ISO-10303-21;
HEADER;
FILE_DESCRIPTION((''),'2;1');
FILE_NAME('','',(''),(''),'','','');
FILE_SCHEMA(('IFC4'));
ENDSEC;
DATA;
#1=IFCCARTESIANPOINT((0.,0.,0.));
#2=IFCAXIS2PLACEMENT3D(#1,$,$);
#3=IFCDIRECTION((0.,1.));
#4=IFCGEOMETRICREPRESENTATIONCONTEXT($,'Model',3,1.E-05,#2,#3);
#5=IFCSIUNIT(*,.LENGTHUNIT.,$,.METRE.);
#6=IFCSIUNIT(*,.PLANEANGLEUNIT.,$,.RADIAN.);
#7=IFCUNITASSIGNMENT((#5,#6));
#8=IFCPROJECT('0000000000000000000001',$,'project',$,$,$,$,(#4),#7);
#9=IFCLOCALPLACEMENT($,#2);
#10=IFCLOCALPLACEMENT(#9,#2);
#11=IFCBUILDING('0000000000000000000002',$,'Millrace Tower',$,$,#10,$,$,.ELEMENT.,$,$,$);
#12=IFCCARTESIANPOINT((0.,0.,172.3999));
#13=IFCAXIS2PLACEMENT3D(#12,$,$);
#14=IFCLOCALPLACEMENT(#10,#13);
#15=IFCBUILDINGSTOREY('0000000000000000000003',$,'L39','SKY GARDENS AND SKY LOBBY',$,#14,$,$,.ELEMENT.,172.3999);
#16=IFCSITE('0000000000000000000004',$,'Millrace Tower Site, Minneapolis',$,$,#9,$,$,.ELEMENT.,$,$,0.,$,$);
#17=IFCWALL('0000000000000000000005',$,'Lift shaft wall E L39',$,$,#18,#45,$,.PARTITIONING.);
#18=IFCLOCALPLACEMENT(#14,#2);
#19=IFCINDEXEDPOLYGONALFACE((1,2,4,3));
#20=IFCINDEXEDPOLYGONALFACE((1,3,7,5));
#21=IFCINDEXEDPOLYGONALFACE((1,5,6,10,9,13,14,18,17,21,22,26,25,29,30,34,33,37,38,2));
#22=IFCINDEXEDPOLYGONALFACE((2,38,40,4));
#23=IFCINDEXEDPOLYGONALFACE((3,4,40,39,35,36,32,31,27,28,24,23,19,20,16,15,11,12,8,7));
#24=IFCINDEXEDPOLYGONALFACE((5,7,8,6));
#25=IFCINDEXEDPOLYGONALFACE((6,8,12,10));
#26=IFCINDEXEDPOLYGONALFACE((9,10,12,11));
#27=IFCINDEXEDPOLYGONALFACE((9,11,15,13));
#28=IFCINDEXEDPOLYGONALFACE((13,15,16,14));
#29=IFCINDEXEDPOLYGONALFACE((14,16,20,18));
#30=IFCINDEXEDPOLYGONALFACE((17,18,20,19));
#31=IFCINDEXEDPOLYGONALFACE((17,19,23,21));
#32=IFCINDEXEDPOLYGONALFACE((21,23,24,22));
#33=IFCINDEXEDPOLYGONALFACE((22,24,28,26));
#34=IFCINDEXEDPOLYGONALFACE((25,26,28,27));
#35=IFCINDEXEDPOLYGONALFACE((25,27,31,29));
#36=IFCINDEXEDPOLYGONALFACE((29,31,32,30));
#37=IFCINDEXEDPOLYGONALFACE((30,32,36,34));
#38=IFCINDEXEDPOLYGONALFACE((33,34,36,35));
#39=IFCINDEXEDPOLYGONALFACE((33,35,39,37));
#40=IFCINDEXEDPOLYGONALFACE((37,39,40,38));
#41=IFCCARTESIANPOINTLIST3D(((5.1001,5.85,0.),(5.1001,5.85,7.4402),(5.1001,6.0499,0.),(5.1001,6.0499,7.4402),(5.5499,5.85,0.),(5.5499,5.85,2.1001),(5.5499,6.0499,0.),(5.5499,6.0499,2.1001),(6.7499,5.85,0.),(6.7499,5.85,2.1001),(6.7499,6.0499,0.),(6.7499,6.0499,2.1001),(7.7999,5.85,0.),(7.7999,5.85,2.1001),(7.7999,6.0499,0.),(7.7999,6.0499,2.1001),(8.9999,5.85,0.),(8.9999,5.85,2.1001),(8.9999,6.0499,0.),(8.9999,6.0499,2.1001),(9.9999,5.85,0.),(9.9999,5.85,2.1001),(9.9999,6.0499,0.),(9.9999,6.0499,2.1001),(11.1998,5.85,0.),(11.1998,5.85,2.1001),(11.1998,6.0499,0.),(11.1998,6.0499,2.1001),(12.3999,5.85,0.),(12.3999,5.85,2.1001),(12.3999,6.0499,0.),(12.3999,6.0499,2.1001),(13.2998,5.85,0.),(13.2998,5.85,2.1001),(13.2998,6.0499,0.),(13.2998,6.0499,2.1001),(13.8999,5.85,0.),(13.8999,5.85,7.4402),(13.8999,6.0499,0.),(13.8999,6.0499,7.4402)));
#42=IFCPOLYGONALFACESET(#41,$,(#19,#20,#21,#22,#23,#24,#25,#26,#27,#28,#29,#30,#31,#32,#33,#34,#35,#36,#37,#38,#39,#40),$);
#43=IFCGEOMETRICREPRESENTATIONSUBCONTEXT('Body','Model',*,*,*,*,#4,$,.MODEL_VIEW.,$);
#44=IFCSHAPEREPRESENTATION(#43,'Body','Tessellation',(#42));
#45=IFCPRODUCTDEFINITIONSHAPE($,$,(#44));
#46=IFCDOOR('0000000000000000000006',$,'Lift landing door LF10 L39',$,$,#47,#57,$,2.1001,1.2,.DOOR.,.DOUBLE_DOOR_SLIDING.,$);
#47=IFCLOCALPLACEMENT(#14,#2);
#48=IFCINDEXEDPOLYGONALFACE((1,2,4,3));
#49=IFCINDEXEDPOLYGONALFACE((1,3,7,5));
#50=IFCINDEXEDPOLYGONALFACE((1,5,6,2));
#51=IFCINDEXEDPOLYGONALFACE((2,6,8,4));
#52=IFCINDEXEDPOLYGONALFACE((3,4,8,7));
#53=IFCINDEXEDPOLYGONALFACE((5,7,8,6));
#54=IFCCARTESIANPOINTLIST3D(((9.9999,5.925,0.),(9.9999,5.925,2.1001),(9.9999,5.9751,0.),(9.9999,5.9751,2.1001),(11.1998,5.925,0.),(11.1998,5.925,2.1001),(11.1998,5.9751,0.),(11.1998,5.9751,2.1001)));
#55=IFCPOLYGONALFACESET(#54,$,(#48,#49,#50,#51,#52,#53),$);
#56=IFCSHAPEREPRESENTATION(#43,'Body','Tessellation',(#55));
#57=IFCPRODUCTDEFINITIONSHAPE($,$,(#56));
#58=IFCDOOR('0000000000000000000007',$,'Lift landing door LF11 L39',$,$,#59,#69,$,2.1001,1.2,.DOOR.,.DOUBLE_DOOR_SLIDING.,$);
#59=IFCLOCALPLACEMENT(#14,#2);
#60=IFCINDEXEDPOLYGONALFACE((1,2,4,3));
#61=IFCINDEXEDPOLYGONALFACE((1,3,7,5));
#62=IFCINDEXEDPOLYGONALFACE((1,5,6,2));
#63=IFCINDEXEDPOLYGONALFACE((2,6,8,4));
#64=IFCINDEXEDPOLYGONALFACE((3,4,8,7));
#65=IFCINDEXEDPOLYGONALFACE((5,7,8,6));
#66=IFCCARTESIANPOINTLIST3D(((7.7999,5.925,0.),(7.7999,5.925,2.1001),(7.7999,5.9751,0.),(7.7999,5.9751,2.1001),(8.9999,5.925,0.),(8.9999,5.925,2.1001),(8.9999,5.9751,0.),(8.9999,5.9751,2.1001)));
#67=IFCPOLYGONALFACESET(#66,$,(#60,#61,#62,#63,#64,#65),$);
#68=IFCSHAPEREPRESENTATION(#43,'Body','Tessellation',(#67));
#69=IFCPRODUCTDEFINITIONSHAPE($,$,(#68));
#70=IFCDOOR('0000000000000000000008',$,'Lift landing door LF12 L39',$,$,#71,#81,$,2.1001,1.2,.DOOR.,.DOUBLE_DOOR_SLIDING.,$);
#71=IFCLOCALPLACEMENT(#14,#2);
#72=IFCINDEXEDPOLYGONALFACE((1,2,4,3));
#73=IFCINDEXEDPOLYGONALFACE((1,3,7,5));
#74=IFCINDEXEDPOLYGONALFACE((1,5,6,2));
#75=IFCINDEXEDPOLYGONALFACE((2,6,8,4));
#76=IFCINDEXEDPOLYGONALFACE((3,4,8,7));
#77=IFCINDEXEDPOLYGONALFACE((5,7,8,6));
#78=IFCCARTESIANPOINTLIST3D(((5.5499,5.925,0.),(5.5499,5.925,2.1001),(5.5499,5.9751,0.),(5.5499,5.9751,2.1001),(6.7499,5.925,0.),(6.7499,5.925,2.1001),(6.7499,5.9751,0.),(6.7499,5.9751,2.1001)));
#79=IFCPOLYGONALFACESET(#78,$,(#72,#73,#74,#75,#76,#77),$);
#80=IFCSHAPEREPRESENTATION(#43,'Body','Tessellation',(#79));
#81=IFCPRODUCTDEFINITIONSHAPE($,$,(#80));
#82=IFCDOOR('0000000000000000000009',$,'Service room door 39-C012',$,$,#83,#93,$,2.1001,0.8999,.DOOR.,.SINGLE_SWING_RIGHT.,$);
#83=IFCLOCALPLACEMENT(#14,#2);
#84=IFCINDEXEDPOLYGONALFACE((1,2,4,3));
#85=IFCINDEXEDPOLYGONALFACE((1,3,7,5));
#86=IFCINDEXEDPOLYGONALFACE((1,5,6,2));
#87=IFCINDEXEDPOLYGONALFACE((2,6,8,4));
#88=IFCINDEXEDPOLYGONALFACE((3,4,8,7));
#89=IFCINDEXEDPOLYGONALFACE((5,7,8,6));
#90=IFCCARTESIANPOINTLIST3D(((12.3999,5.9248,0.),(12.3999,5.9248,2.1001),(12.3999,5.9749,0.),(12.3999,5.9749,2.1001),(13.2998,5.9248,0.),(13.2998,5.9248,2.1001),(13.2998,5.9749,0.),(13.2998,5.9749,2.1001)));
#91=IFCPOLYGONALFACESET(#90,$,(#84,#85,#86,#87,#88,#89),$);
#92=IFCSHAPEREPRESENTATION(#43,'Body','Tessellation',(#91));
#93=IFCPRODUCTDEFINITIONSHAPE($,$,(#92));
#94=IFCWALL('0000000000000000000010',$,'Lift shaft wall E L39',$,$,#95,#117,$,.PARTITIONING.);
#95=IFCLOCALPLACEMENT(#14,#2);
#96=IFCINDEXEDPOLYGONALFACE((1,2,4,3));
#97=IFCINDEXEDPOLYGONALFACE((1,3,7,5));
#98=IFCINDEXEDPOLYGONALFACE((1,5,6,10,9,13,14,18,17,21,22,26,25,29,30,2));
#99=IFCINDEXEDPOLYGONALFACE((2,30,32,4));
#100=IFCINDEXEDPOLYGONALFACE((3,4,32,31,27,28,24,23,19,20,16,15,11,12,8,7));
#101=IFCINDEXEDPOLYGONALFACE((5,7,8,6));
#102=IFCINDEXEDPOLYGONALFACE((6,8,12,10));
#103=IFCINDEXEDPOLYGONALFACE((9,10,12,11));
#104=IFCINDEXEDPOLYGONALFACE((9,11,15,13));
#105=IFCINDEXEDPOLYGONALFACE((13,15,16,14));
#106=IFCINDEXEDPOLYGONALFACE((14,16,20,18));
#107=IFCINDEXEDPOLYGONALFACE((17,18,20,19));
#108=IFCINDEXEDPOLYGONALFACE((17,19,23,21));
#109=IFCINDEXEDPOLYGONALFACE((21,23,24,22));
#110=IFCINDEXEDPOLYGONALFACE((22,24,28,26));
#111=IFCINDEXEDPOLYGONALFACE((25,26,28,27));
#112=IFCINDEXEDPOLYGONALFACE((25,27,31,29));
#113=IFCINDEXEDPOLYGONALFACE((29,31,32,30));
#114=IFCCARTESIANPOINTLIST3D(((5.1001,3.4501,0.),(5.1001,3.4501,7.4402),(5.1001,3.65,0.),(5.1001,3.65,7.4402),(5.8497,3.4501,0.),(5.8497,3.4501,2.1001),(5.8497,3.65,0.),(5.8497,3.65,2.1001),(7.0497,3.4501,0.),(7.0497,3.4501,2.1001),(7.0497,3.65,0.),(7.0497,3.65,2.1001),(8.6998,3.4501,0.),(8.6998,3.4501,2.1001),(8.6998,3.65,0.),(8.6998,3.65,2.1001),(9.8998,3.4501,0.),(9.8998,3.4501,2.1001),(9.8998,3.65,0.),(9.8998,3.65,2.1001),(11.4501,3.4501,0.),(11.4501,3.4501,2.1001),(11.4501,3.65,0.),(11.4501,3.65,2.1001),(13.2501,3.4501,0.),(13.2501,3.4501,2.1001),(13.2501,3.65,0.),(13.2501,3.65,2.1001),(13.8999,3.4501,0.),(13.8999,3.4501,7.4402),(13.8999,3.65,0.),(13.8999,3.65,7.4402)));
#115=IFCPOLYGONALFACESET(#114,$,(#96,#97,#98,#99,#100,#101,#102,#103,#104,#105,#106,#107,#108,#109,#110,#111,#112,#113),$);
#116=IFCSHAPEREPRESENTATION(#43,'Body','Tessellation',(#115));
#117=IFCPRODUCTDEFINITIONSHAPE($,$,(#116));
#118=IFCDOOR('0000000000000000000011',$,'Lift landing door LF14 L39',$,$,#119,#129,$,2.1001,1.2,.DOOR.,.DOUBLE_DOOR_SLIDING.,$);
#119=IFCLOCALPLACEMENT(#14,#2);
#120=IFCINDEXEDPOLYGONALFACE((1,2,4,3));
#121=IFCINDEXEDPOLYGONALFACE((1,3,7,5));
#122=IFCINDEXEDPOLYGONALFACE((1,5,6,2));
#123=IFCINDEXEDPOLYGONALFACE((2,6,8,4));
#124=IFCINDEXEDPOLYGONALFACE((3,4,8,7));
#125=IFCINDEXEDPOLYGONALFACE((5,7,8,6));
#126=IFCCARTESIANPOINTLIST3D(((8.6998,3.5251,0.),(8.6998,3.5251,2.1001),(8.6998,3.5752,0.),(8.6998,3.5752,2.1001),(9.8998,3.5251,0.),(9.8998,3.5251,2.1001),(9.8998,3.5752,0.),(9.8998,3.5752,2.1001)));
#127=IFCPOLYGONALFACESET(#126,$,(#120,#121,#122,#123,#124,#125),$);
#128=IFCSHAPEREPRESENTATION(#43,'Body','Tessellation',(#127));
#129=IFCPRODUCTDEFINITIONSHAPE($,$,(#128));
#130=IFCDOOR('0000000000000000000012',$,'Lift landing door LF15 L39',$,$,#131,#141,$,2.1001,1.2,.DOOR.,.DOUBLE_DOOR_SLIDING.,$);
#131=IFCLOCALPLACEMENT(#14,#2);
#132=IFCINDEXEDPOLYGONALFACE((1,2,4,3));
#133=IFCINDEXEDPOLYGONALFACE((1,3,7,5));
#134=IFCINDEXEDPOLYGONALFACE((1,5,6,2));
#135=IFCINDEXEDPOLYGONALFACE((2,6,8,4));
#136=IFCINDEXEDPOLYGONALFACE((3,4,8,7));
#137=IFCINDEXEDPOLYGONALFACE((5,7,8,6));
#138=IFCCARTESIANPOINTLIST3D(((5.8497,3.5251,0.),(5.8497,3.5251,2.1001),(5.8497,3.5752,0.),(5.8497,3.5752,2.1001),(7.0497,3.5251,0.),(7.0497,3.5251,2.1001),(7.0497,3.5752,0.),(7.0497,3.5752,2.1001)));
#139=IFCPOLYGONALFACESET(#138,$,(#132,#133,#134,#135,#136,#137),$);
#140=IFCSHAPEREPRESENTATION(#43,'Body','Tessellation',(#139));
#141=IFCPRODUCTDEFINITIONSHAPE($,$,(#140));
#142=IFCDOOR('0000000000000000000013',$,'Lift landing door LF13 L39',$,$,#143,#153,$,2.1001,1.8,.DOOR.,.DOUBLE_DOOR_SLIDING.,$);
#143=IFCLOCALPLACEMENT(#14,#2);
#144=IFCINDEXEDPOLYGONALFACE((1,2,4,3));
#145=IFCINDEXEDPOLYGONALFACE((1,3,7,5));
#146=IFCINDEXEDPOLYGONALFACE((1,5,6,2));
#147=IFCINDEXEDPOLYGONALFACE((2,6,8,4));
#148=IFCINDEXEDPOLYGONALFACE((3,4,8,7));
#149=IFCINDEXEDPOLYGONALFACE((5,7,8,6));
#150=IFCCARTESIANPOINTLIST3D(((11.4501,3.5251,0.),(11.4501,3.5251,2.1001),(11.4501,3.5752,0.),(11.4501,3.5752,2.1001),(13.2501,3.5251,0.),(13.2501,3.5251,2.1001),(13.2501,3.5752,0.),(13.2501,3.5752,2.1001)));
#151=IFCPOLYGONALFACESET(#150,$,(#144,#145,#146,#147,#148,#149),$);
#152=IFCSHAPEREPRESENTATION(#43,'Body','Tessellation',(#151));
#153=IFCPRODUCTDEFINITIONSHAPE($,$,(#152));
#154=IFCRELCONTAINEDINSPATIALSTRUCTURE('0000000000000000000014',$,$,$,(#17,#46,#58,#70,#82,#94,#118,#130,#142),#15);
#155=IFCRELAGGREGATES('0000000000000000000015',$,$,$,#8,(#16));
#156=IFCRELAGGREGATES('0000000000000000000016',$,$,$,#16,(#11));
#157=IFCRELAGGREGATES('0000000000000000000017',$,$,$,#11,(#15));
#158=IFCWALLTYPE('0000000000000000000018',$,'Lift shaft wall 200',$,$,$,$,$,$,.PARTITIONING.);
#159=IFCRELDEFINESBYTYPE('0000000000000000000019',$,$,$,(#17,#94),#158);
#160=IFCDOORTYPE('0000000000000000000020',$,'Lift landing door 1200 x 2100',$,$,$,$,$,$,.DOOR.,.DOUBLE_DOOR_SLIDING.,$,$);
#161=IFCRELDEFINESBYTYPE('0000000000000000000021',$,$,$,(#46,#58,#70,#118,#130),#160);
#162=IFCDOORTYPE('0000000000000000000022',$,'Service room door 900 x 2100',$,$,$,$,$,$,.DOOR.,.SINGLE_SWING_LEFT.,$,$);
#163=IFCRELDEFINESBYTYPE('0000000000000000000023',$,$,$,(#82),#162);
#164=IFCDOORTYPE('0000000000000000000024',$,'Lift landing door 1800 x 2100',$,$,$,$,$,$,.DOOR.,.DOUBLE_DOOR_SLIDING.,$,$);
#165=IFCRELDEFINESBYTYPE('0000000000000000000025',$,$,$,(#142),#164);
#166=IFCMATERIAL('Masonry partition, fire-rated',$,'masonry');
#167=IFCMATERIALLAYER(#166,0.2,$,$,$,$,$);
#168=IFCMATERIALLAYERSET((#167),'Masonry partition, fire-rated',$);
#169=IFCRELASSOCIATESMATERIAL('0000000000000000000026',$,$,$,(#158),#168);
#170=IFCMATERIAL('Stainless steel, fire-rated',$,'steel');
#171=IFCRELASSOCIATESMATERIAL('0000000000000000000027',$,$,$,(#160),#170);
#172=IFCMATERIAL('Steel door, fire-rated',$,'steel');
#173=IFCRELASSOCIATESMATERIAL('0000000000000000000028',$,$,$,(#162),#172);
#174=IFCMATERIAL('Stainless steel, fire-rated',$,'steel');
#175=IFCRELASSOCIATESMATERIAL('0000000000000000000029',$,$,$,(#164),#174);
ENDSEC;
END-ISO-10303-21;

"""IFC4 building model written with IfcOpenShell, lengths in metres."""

from ifc_helpers import new_model, si_unit, direction, frame, frame_2d, origin, place, context, subcontext, project, spatial, rectangle, extrude, material, layer, layer_set, type_object, element, fill, save


model = new_model("IFC4")

# Units and contexts
model_context = context("Model", 3, precision=1e-05, world=origin(), true_north=direction((0.0, 1.0)))
body_context = subcontext(model_context, "Body", "Model", "MODEL_VIEW")
ifc_project = project(units=[si_unit("LENGTHUNIT", "METRE"), si_unit("PLANEANGLEUNIT", "RADIAN")], contexts=[model_context])

# Site, building, storey
site_placement = place(None, origin())
site = spatial("IfcSite", under=ifc_project, at=site_placement, Name="Millrace Tower Site, Minneapolis", CompositionType="ELEMENT", RefElevation=0.0)
building_placement = place(site_placement, origin())
building = spatial("IfcBuilding", under=site, at=building_placement, Name="Millrace Tower", CompositionType="ELEMENT")
storey_placement = place(building_placement, frame((0.0, 0.0, 172.3999)))
storey = spatial("IfcBuildingStorey", under=building, at=storey_placement, Name="L39", Description="SKY GARDENS AND SKY LOBBY", CompositionType="ELEMENT", Elevation=172.3999)

# Walls, openings, doors
ifc_material_1 = material(Name="Masonry partition, fire-rated", Category="masonry")
ifc_layer_1 = layer(ifc_material_1, 0.2)
ifc_layer_set_1 = layer_set([ifc_layer_1], Name="Masonry partition, fire-rated")
wall_type_1 = type_object("IfcWallType", Name="Lift shaft wall 200", PredefinedType="PARTITIONING", material=ifc_layer_set_1)
wall_1_placement = place(storey_placement, frame((13.8999, 5.95, 0.0), z_axis=(0.0, 0.0, 1.0), x_axis=(-1.0, 0.0, 0.0)))
wall_1 = element("IfcWall", 1, at=wall_1_placement, inside=storey, type_object=wall_type_1, Name="Lift shaft wall E L39", PredefinedType="PARTITIONING", context=body_context, shape_type="SweptSolid", body=[
    extrude(rectangle(XDim=8.7998, YDim=0.2, at=frame_2d((4.3999, 0.0))), origin(), (0.0, 0.0, 1.0), 7.4402),
])
opening_1_placement = place(wall_1_placement, frame((2.7, 0.0, 0.0)))
opening_1 = element("IfcOpeningElement", 2, at=opening_1_placement, cuts=wall_1, PredefinedType="OPENING", context=body_context, shape_type="SweptSolid", body=[
    extrude(rectangle(XDim=1.2, YDim=2.1001, at=frame_2d((0.6001, 1.05))), frame((0.0, 0.1099, 0.0), z_axis=(0.0, -1.0, 0.0), x_axis=(1.0, 0.0, 0.0)), (0.0, 0.0, 1.0), 0.22),
])
opening_2_placement = place(wall_1_placement, frame((4.8999, 0.0, 0.0)))
opening_2 = element("IfcOpeningElement", 3, at=opening_2_placement, cuts=wall_1, PredefinedType="OPENING", context=body_context, shape_type="SweptSolid", body=[
    extrude(rectangle(XDim=1.2, YDim=2.1001, at=frame_2d((0.6001, 1.05))), frame((0.0, 0.1099, 0.0), z_axis=(0.0, -1.0, 0.0), x_axis=(1.0, 0.0, 0.0)), (0.0, 0.0, 1.0), 0.22),
])
opening_3_placement = place(wall_1_placement, frame((7.1499, 0.0, 0.0)))
opening_3 = element("IfcOpeningElement", 4, at=opening_3_placement, cuts=wall_1, PredefinedType="OPENING", context=body_context, shape_type="SweptSolid", body=[
    extrude(rectangle(XDim=1.2, YDim=2.1001, at=frame_2d((0.6001, 1.05))), frame((0.0, 0.1099, 0.0), z_axis=(0.0, -1.0, 0.0), x_axis=(1.0, 0.0, 0.0)), (0.0, 0.0, 1.0), 0.22),
])
opening_4_placement = place(wall_1_placement, frame((0.6001, 0.0, 0.0)))
opening_4 = element("IfcOpeningElement", 5, at=opening_4_placement, cuts=wall_1, PredefinedType="OPENING", context=body_context, shape_type="SweptSolid", body=[
    extrude(rectangle(XDim=0.8999, YDim=2.1001, at=frame_2d((0.45, 1.05))), frame((0.0, 0.1099, 0.0), z_axis=(0.0, -1.0, 0.0), x_axis=(1.0, 0.0, 0.0)), (0.0, 0.0, 1.0), 0.22),
])
ifc_material_2 = material(Name="Stainless steel, fire-rated", Category="steel")
door_type_1 = type_object("IfcDoorType", Name="Lift landing door 1200 x 2100", OperationType="DOUBLE_DOOR_SLIDING", PredefinedType="DOOR", material=ifc_material_2)
door_1_placement = place(opening_1_placement, origin())
door_1 = element("IfcDoor", 6, at=door_1_placement, inside=storey, type_object=door_type_1, Name="Lift landing door LF10 L39", OperationType="DOUBLE_DOOR_SLIDING", OverallHeight=2.1001, OverallWidth=1.2, PredefinedType="DOOR", context=body_context, shape_type="SweptSolid", body=[
    extrude(rectangle(XDim=1.2, YDim=2.1001, at=frame_2d((0.6001, 1.05))), frame((0.0, 0.0249, 0.0), z_axis=(0.0, -1.0, 0.0), x_axis=(1.0, 0.0, 0.0)), (0.0, 0.0, 1.0), 0.05),
])
fill(opening_1, door_1)
door_2_placement = place(opening_2_placement, origin())
door_2 = element("IfcDoor", 7, at=door_2_placement, inside=storey, type_object=door_type_1, Name="Lift landing door LF11 L39", OperationType="DOUBLE_DOOR_SLIDING", OverallHeight=2.1001, OverallWidth=1.2, PredefinedType="DOOR", context=body_context, shape_type="SweptSolid", body=[
    extrude(rectangle(XDim=1.2, YDim=2.1001, at=frame_2d((0.6001, 1.05))), frame((0.0, 0.0249, 0.0), z_axis=(0.0, -1.0, 0.0), x_axis=(1.0, 0.0, 0.0)), (0.0, 0.0, 1.0), 0.05),
])
fill(opening_2, door_2)
door_3_placement = place(opening_3_placement, origin())
door_3 = element("IfcDoor", 8, at=door_3_placement, inside=storey, type_object=door_type_1, Name="Lift landing door LF12 L39", OperationType="DOUBLE_DOOR_SLIDING", OverallHeight=2.1001, OverallWidth=1.2, PredefinedType="DOOR", context=body_context, shape_type="SweptSolid", body=[
    extrude(rectangle(XDim=1.2, YDim=2.1001, at=frame_2d((0.6001, 1.05))), frame((0.0, 0.0249, 0.0), z_axis=(0.0, -1.0, 0.0), x_axis=(1.0, 0.0, 0.0)), (0.0, 0.0, 1.0), 0.05),
])
fill(opening_3, door_3)
ifc_material_3 = material(Name="Steel door, fire-rated", Category="steel")
door_type_2 = type_object("IfcDoorType", Name="Service room door 900 x 2100", OperationType="SINGLE_SWING_LEFT", PredefinedType="DOOR", material=ifc_material_3)
door_4_placement = place(opening_4_placement, frame((0.8999, 0.0, 0.0), z_axis=(0.0, 0.0, 1.0), x_axis=(-1.0, 0.0, 0.0)))
door_4 = element("IfcDoor", 9, at=door_4_placement, inside=storey, type_object=door_type_2, Name="Service room door 39-C012", OperationType="SINGLE_SWING_RIGHT", OverallHeight=2.1001, OverallWidth=0.8999, PredefinedType="DOOR", context=body_context, shape_type="SweptSolid", body=[
    extrude(rectangle(XDim=0.8999, YDim=2.1001, at=frame_2d((0.45, 1.05))), frame((0.0, 0.0249, 0.0), z_axis=(0.0, -1.0, 0.0), x_axis=(1.0, 0.0, 0.0)), (0.0, 0.0, 1.0), 0.05),
])
fill(opening_4, door_4)
wall_2_placement = place(storey_placement, frame((13.8999, 3.55, 0.0), z_axis=(0.0, 0.0, 1.0), x_axis=(-1.0, 0.0, 0.0)))
wall_2 = element("IfcWall", 10, at=wall_2_placement, inside=storey, type_object=wall_type_1, Name="Lift shaft wall E L39", PredefinedType="PARTITIONING", context=body_context, shape_type="SweptSolid", body=[
    extrude(rectangle(XDim=8.7998, YDim=0.2, at=frame_2d((4.3999, 0.0))), origin(), (0.0, 0.0, 1.0), 7.4402),
])
opening_5_placement = place(wall_2_placement, frame((0.6499, 0.0, 0.0)))
opening_5 = element("IfcOpeningElement", 11, at=opening_5_placement, cuts=wall_2, PredefinedType="OPENING", context=body_context, shape_type="SweptSolid", body=[
    extrude(rectangle(XDim=1.8, YDim=2.1001, at=frame_2d((0.8999, 1.05))), frame((0.0, 0.1099, 0.0), z_axis=(0.0, -1.0, 0.0), x_axis=(1.0, 0.0, 0.0)), (0.0, 0.0, 1.0), 0.22),
])
opening_6_placement = place(wall_2_placement, frame((4.0, 0.0, 0.0)))
opening_6 = element("IfcOpeningElement", 12, at=opening_6_placement, cuts=wall_2, PredefinedType="OPENING", context=body_context, shape_type="SweptSolid", body=[
    extrude(rectangle(XDim=1.2, YDim=2.1001, at=frame_2d((0.6001, 1.05))), frame((0.0, 0.1099, 0.0), z_axis=(0.0, -1.0, 0.0), x_axis=(1.0, 0.0, 0.0)), (0.0, 0.0, 1.0), 0.22),
])
opening_7_placement = place(wall_2_placement, frame((6.8501, 0.0, 0.0)))
opening_7 = element("IfcOpeningElement", 13, at=opening_7_placement, cuts=wall_2, PredefinedType="OPENING", context=body_context, shape_type="SweptSolid", body=[
    extrude(rectangle(XDim=1.2, YDim=2.1001, at=frame_2d((0.6001, 1.05))), frame((0.0, 0.1099, 0.0), z_axis=(0.0, -1.0, 0.0), x_axis=(1.0, 0.0, 0.0)), (0.0, 0.0, 1.0), 0.22),
])
door_5_placement = place(opening_6_placement, origin())
door_5 = element("IfcDoor", 14, at=door_5_placement, inside=storey, type_object=door_type_1, Name="Lift landing door LF14 L39", OperationType="DOUBLE_DOOR_SLIDING", OverallHeight=2.1001, OverallWidth=1.2, PredefinedType="DOOR", context=body_context, shape_type="SweptSolid", body=[
    extrude(rectangle(XDim=1.2, YDim=2.1001, at=frame_2d((0.6001, 1.05))), frame((0.0, 0.0249, 0.0), z_axis=(0.0, -1.0, 0.0), x_axis=(1.0, 0.0, 0.0)), (0.0, 0.0, 1.0), 0.05),
])
fill(opening_6, door_5)
door_6_placement = place(opening_7_placement, origin())
door_6 = element("IfcDoor", 15, at=door_6_placement, inside=storey, type_object=door_type_1, Name="Lift landing door LF15 L39", OperationType="DOUBLE_DOOR_SLIDING", OverallHeight=2.1001, OverallWidth=1.2, PredefinedType="DOOR", context=body_context, shape_type="SweptSolid", body=[
    extrude(rectangle(XDim=1.2, YDim=2.1001, at=frame_2d((0.6001, 1.05))), frame((0.0, 0.0249, 0.0), z_axis=(0.0, -1.0, 0.0), x_axis=(1.0, 0.0, 0.0)), (0.0, 0.0, 1.0), 0.05),
])
fill(opening_7, door_6)
ifc_material_4 = material(Name="Stainless steel, fire-rated", Category="steel")
door_type_3 = type_object("IfcDoorType", Name="Lift landing door 1800 x 2100", OperationType="DOUBLE_DOOR_SLIDING", PredefinedType="DOOR", material=ifc_material_4)
door_7_placement = place(opening_5_placement, origin())
door_7 = element("IfcDoor", 16, at=door_7_placement, inside=storey, type_object=door_type_3, Name="Lift landing door LF13 L39", OperationType="DOUBLE_DOOR_SLIDING", OverallHeight=2.1001, OverallWidth=1.8, PredefinedType="DOOR", context=body_context, shape_type="SweptSolid", body=[
    extrude(rectangle(XDim=1.8, YDim=2.1001, at=frame_2d((0.8999, 1.05))), frame((0.0, 0.0249, 0.0), z_axis=(0.0, -1.0, 0.0), x_axis=(1.0, 0.0, 0.0)), (0.0, 0.0, 1.0), 0.05),
])
fill(opening_5, door_7)

save(model, "model.ifc")
